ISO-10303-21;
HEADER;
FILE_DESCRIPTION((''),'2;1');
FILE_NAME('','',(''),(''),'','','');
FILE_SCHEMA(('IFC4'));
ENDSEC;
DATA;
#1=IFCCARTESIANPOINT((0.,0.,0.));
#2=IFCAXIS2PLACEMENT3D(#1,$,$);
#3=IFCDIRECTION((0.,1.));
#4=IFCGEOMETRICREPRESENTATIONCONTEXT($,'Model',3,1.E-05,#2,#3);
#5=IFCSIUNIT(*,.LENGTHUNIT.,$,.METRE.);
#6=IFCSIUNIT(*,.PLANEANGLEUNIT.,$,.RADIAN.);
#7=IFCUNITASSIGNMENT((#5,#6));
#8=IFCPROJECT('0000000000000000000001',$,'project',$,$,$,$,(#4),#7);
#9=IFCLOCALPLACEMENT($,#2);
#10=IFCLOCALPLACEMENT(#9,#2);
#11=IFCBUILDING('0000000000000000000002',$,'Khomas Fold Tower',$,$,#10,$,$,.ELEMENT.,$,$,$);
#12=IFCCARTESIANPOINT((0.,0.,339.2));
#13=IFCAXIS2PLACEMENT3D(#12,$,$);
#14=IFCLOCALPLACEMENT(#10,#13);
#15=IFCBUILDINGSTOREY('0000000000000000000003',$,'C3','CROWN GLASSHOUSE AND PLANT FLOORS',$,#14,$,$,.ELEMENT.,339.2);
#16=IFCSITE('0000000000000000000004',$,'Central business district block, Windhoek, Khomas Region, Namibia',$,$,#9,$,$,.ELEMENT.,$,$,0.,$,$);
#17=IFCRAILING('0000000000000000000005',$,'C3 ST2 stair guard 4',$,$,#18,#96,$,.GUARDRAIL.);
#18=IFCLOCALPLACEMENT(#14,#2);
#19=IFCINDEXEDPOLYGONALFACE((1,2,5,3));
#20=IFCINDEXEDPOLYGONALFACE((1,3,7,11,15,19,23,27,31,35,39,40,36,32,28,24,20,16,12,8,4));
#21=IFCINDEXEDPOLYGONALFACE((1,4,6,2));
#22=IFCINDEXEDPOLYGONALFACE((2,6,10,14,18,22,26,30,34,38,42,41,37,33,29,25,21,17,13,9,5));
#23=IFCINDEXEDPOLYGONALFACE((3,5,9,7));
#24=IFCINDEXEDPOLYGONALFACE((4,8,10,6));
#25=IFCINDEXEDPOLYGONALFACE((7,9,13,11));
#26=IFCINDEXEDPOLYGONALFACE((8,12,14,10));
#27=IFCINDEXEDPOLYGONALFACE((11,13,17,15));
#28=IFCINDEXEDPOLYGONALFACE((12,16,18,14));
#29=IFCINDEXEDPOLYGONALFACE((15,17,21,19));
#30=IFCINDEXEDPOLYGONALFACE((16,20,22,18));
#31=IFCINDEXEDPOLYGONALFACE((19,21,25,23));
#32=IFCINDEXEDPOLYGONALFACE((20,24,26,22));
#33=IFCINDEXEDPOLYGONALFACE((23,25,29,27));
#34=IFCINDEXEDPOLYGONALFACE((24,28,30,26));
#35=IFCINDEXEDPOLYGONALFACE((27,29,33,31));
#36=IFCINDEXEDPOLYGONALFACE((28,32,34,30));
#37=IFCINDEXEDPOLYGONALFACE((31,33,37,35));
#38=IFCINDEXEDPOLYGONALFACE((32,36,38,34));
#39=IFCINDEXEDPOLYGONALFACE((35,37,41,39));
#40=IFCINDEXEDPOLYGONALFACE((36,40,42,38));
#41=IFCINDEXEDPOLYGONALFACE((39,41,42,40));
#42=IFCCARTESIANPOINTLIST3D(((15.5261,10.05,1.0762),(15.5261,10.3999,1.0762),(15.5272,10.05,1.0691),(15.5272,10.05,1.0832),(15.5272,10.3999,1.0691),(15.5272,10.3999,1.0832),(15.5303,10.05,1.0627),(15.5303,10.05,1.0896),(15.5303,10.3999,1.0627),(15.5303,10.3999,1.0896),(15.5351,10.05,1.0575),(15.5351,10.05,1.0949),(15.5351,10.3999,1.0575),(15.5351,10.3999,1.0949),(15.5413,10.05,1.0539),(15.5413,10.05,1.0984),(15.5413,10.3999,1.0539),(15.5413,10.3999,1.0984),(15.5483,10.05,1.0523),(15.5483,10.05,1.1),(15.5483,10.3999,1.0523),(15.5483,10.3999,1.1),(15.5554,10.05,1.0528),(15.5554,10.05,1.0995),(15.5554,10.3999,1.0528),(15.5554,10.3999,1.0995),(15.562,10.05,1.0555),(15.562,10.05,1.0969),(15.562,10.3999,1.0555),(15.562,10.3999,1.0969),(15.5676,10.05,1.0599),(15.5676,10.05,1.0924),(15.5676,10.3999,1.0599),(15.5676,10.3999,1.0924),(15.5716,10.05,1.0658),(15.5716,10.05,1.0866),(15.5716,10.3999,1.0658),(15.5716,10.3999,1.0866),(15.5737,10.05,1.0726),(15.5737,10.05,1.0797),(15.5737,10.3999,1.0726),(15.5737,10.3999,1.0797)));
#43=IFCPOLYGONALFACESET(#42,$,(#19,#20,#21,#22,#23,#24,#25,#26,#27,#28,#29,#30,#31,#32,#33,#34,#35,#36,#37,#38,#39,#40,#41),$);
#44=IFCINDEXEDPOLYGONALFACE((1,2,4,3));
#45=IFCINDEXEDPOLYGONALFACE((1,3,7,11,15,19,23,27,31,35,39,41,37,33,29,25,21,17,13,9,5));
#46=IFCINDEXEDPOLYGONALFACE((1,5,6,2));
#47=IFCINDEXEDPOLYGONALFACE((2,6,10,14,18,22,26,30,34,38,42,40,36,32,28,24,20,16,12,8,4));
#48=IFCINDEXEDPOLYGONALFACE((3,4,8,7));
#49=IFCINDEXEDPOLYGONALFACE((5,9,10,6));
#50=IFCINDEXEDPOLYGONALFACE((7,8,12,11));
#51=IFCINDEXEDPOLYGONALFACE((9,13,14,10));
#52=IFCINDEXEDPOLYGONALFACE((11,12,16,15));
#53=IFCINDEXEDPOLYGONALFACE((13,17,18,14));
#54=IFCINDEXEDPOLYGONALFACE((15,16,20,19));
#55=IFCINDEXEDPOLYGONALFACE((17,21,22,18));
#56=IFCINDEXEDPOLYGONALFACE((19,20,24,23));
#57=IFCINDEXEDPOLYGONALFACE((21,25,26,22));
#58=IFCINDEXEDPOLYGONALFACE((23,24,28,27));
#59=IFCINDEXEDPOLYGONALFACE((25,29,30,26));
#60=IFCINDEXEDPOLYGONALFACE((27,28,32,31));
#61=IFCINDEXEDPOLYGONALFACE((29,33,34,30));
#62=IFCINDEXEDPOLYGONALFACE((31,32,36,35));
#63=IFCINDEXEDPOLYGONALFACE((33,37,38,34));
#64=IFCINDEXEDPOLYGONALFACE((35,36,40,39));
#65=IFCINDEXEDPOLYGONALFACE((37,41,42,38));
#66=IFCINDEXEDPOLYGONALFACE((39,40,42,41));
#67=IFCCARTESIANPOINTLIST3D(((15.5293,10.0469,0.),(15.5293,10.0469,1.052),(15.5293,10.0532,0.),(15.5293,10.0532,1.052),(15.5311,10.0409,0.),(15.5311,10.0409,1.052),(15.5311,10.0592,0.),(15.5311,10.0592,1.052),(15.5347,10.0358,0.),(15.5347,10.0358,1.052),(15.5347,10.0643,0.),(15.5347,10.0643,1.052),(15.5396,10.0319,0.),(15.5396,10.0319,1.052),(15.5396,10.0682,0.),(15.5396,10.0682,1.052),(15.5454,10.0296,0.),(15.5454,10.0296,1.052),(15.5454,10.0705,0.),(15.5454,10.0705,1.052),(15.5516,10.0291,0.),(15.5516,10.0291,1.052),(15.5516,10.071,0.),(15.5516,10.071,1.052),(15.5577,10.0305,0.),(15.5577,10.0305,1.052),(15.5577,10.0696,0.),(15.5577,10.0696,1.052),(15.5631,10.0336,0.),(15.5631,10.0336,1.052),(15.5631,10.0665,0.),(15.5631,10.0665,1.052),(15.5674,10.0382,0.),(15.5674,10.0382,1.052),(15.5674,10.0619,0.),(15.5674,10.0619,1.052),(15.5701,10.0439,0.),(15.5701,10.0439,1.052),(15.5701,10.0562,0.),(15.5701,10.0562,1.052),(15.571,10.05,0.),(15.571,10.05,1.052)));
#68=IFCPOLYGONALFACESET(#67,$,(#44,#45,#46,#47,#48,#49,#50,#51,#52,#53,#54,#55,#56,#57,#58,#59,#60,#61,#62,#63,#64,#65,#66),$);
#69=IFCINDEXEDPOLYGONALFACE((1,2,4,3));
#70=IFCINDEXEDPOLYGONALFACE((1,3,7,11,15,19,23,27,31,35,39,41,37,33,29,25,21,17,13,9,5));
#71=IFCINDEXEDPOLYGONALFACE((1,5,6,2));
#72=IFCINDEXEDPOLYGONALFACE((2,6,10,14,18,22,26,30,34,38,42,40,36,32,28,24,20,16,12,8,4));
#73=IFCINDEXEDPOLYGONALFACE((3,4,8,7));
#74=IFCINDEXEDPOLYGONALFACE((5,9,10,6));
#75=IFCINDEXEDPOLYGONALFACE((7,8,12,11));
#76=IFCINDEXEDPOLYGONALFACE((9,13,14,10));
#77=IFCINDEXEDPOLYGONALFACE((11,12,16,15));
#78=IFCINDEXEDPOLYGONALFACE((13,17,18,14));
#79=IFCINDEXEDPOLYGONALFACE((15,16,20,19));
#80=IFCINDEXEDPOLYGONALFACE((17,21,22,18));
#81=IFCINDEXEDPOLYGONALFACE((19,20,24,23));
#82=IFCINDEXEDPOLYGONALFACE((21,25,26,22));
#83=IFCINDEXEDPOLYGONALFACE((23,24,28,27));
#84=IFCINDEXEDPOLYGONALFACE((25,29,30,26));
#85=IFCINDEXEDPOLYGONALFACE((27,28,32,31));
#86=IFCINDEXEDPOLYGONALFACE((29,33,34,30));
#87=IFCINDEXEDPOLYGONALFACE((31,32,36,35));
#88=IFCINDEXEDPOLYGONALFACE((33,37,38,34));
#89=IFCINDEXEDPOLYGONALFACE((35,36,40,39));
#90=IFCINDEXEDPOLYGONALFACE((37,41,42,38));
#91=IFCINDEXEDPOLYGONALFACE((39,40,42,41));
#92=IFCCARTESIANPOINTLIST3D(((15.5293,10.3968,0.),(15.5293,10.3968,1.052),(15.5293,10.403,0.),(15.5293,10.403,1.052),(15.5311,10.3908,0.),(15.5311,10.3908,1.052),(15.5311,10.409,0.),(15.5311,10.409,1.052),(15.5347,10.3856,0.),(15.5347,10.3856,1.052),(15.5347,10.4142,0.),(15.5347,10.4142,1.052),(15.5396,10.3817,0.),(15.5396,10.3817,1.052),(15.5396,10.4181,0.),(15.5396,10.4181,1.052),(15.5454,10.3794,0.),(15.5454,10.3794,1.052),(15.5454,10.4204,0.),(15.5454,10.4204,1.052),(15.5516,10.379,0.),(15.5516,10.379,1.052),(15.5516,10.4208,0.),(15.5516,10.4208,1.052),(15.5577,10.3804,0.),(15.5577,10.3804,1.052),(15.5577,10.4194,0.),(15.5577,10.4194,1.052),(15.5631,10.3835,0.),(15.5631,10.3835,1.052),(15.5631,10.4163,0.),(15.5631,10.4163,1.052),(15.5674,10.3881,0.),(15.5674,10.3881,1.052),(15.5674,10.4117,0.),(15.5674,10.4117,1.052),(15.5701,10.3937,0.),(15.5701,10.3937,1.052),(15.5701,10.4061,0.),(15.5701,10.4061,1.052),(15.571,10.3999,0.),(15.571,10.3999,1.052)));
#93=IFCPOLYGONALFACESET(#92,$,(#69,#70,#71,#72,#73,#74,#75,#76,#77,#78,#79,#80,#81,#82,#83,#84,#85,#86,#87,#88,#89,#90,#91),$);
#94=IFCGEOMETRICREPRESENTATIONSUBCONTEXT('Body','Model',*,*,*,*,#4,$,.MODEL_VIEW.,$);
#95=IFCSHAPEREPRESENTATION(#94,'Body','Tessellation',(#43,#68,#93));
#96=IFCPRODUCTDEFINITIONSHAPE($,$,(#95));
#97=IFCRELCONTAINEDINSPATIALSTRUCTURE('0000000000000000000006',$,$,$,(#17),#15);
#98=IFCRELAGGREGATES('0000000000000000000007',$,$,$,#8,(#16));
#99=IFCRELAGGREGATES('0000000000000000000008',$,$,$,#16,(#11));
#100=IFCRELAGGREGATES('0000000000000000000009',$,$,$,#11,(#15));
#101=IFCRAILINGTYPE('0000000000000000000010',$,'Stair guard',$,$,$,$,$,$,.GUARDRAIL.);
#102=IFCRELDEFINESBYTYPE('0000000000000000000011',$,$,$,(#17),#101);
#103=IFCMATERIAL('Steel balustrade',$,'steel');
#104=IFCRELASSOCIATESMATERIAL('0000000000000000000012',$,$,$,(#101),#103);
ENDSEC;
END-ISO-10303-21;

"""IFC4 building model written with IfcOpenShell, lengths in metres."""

from ifc_helpers import new_model, si_unit, direction, frame, origin, origin_2d, place, context, subcontext, project, spatial, circle, extrude, source, transform, mapped, material, type_object, element, save


model = new_model("IFC4")

# Units and contexts
model_context = context("Model", 3, precision=1e-05, world=origin(), true_north=direction((0.0, 1.0)))
body_context = subcontext(model_context, "Body", "Model", "MODEL_VIEW")
ifc_project = project(units=[si_unit("LENGTHUNIT", "METRE"), si_unit("PLANEANGLEUNIT", "RADIAN")], contexts=[model_context])

# Site, building, storey
site_placement = place(None, origin())
site = spatial("IfcSite", under=ifc_project, at=site_placement, Name="Central business district block, Windhoek, Khomas Region, Namibia", CompositionType="ELEMENT", RefElevation=0.0)
building_placement = place(site_placement, origin())
building = spatial("IfcBuilding", under=site, at=building_placement, Name="Khomas Fold Tower", CompositionType="ELEMENT")
storey_placement = place(building_placement, frame((0.0, 0.0, 339.2)))
storey = spatial("IfcBuildingStorey", under=building, at=storey_placement, Name="C3", Description="CROWN GLASSHOUSE AND PLANT FLOORS", CompositionType="ELEMENT", Elevation=339.2)

# Railing
ifc_material_1 = material(Name="Steel balustrade", Category="steel")
railing_type_1 = type_object("IfcRailingType", Name="Stair guard", PredefinedType="GUARDRAIL", material=ifc_material_1)
shared_shape_1 = source(origin(), body_context, "Body", "SweptSolid", [
    extrude(circle(Radius=0.0239, at=origin_2d()), frame((0.0, 0.0, 1.0762), z_axis=(0.0, 1.0, 0.0), x_axis=(-1.0, 0.0, 0.0)), (0.0, 0.0, 1.0), 0.3499),
    extrude(circle(Radius=0.021, at=origin_2d()), origin(), (0.0, 0.0, 1.0), 1.052),
    extrude(circle(Radius=0.021, at=origin_2d()), frame((0.0, 0.3499, 0.0)), (0.0, 0.0, 1.0), 1.052),
])
railing_1_placement = place(storey_placement, frame((15.55, 10.05, 0.0)))
element("IfcRailing", 1, at=railing_1_placement, inside=storey, type_object=railing_type_1, Name="C3 ST2 stair guard 4", PredefinedType="GUARDRAIL", context=body_context, shape_type="MappedRepresentation", body=[
    mapped(shared_shape_1, transform((0.0, 0.0, 0.0))),
])

save(model, "model.ifc")
